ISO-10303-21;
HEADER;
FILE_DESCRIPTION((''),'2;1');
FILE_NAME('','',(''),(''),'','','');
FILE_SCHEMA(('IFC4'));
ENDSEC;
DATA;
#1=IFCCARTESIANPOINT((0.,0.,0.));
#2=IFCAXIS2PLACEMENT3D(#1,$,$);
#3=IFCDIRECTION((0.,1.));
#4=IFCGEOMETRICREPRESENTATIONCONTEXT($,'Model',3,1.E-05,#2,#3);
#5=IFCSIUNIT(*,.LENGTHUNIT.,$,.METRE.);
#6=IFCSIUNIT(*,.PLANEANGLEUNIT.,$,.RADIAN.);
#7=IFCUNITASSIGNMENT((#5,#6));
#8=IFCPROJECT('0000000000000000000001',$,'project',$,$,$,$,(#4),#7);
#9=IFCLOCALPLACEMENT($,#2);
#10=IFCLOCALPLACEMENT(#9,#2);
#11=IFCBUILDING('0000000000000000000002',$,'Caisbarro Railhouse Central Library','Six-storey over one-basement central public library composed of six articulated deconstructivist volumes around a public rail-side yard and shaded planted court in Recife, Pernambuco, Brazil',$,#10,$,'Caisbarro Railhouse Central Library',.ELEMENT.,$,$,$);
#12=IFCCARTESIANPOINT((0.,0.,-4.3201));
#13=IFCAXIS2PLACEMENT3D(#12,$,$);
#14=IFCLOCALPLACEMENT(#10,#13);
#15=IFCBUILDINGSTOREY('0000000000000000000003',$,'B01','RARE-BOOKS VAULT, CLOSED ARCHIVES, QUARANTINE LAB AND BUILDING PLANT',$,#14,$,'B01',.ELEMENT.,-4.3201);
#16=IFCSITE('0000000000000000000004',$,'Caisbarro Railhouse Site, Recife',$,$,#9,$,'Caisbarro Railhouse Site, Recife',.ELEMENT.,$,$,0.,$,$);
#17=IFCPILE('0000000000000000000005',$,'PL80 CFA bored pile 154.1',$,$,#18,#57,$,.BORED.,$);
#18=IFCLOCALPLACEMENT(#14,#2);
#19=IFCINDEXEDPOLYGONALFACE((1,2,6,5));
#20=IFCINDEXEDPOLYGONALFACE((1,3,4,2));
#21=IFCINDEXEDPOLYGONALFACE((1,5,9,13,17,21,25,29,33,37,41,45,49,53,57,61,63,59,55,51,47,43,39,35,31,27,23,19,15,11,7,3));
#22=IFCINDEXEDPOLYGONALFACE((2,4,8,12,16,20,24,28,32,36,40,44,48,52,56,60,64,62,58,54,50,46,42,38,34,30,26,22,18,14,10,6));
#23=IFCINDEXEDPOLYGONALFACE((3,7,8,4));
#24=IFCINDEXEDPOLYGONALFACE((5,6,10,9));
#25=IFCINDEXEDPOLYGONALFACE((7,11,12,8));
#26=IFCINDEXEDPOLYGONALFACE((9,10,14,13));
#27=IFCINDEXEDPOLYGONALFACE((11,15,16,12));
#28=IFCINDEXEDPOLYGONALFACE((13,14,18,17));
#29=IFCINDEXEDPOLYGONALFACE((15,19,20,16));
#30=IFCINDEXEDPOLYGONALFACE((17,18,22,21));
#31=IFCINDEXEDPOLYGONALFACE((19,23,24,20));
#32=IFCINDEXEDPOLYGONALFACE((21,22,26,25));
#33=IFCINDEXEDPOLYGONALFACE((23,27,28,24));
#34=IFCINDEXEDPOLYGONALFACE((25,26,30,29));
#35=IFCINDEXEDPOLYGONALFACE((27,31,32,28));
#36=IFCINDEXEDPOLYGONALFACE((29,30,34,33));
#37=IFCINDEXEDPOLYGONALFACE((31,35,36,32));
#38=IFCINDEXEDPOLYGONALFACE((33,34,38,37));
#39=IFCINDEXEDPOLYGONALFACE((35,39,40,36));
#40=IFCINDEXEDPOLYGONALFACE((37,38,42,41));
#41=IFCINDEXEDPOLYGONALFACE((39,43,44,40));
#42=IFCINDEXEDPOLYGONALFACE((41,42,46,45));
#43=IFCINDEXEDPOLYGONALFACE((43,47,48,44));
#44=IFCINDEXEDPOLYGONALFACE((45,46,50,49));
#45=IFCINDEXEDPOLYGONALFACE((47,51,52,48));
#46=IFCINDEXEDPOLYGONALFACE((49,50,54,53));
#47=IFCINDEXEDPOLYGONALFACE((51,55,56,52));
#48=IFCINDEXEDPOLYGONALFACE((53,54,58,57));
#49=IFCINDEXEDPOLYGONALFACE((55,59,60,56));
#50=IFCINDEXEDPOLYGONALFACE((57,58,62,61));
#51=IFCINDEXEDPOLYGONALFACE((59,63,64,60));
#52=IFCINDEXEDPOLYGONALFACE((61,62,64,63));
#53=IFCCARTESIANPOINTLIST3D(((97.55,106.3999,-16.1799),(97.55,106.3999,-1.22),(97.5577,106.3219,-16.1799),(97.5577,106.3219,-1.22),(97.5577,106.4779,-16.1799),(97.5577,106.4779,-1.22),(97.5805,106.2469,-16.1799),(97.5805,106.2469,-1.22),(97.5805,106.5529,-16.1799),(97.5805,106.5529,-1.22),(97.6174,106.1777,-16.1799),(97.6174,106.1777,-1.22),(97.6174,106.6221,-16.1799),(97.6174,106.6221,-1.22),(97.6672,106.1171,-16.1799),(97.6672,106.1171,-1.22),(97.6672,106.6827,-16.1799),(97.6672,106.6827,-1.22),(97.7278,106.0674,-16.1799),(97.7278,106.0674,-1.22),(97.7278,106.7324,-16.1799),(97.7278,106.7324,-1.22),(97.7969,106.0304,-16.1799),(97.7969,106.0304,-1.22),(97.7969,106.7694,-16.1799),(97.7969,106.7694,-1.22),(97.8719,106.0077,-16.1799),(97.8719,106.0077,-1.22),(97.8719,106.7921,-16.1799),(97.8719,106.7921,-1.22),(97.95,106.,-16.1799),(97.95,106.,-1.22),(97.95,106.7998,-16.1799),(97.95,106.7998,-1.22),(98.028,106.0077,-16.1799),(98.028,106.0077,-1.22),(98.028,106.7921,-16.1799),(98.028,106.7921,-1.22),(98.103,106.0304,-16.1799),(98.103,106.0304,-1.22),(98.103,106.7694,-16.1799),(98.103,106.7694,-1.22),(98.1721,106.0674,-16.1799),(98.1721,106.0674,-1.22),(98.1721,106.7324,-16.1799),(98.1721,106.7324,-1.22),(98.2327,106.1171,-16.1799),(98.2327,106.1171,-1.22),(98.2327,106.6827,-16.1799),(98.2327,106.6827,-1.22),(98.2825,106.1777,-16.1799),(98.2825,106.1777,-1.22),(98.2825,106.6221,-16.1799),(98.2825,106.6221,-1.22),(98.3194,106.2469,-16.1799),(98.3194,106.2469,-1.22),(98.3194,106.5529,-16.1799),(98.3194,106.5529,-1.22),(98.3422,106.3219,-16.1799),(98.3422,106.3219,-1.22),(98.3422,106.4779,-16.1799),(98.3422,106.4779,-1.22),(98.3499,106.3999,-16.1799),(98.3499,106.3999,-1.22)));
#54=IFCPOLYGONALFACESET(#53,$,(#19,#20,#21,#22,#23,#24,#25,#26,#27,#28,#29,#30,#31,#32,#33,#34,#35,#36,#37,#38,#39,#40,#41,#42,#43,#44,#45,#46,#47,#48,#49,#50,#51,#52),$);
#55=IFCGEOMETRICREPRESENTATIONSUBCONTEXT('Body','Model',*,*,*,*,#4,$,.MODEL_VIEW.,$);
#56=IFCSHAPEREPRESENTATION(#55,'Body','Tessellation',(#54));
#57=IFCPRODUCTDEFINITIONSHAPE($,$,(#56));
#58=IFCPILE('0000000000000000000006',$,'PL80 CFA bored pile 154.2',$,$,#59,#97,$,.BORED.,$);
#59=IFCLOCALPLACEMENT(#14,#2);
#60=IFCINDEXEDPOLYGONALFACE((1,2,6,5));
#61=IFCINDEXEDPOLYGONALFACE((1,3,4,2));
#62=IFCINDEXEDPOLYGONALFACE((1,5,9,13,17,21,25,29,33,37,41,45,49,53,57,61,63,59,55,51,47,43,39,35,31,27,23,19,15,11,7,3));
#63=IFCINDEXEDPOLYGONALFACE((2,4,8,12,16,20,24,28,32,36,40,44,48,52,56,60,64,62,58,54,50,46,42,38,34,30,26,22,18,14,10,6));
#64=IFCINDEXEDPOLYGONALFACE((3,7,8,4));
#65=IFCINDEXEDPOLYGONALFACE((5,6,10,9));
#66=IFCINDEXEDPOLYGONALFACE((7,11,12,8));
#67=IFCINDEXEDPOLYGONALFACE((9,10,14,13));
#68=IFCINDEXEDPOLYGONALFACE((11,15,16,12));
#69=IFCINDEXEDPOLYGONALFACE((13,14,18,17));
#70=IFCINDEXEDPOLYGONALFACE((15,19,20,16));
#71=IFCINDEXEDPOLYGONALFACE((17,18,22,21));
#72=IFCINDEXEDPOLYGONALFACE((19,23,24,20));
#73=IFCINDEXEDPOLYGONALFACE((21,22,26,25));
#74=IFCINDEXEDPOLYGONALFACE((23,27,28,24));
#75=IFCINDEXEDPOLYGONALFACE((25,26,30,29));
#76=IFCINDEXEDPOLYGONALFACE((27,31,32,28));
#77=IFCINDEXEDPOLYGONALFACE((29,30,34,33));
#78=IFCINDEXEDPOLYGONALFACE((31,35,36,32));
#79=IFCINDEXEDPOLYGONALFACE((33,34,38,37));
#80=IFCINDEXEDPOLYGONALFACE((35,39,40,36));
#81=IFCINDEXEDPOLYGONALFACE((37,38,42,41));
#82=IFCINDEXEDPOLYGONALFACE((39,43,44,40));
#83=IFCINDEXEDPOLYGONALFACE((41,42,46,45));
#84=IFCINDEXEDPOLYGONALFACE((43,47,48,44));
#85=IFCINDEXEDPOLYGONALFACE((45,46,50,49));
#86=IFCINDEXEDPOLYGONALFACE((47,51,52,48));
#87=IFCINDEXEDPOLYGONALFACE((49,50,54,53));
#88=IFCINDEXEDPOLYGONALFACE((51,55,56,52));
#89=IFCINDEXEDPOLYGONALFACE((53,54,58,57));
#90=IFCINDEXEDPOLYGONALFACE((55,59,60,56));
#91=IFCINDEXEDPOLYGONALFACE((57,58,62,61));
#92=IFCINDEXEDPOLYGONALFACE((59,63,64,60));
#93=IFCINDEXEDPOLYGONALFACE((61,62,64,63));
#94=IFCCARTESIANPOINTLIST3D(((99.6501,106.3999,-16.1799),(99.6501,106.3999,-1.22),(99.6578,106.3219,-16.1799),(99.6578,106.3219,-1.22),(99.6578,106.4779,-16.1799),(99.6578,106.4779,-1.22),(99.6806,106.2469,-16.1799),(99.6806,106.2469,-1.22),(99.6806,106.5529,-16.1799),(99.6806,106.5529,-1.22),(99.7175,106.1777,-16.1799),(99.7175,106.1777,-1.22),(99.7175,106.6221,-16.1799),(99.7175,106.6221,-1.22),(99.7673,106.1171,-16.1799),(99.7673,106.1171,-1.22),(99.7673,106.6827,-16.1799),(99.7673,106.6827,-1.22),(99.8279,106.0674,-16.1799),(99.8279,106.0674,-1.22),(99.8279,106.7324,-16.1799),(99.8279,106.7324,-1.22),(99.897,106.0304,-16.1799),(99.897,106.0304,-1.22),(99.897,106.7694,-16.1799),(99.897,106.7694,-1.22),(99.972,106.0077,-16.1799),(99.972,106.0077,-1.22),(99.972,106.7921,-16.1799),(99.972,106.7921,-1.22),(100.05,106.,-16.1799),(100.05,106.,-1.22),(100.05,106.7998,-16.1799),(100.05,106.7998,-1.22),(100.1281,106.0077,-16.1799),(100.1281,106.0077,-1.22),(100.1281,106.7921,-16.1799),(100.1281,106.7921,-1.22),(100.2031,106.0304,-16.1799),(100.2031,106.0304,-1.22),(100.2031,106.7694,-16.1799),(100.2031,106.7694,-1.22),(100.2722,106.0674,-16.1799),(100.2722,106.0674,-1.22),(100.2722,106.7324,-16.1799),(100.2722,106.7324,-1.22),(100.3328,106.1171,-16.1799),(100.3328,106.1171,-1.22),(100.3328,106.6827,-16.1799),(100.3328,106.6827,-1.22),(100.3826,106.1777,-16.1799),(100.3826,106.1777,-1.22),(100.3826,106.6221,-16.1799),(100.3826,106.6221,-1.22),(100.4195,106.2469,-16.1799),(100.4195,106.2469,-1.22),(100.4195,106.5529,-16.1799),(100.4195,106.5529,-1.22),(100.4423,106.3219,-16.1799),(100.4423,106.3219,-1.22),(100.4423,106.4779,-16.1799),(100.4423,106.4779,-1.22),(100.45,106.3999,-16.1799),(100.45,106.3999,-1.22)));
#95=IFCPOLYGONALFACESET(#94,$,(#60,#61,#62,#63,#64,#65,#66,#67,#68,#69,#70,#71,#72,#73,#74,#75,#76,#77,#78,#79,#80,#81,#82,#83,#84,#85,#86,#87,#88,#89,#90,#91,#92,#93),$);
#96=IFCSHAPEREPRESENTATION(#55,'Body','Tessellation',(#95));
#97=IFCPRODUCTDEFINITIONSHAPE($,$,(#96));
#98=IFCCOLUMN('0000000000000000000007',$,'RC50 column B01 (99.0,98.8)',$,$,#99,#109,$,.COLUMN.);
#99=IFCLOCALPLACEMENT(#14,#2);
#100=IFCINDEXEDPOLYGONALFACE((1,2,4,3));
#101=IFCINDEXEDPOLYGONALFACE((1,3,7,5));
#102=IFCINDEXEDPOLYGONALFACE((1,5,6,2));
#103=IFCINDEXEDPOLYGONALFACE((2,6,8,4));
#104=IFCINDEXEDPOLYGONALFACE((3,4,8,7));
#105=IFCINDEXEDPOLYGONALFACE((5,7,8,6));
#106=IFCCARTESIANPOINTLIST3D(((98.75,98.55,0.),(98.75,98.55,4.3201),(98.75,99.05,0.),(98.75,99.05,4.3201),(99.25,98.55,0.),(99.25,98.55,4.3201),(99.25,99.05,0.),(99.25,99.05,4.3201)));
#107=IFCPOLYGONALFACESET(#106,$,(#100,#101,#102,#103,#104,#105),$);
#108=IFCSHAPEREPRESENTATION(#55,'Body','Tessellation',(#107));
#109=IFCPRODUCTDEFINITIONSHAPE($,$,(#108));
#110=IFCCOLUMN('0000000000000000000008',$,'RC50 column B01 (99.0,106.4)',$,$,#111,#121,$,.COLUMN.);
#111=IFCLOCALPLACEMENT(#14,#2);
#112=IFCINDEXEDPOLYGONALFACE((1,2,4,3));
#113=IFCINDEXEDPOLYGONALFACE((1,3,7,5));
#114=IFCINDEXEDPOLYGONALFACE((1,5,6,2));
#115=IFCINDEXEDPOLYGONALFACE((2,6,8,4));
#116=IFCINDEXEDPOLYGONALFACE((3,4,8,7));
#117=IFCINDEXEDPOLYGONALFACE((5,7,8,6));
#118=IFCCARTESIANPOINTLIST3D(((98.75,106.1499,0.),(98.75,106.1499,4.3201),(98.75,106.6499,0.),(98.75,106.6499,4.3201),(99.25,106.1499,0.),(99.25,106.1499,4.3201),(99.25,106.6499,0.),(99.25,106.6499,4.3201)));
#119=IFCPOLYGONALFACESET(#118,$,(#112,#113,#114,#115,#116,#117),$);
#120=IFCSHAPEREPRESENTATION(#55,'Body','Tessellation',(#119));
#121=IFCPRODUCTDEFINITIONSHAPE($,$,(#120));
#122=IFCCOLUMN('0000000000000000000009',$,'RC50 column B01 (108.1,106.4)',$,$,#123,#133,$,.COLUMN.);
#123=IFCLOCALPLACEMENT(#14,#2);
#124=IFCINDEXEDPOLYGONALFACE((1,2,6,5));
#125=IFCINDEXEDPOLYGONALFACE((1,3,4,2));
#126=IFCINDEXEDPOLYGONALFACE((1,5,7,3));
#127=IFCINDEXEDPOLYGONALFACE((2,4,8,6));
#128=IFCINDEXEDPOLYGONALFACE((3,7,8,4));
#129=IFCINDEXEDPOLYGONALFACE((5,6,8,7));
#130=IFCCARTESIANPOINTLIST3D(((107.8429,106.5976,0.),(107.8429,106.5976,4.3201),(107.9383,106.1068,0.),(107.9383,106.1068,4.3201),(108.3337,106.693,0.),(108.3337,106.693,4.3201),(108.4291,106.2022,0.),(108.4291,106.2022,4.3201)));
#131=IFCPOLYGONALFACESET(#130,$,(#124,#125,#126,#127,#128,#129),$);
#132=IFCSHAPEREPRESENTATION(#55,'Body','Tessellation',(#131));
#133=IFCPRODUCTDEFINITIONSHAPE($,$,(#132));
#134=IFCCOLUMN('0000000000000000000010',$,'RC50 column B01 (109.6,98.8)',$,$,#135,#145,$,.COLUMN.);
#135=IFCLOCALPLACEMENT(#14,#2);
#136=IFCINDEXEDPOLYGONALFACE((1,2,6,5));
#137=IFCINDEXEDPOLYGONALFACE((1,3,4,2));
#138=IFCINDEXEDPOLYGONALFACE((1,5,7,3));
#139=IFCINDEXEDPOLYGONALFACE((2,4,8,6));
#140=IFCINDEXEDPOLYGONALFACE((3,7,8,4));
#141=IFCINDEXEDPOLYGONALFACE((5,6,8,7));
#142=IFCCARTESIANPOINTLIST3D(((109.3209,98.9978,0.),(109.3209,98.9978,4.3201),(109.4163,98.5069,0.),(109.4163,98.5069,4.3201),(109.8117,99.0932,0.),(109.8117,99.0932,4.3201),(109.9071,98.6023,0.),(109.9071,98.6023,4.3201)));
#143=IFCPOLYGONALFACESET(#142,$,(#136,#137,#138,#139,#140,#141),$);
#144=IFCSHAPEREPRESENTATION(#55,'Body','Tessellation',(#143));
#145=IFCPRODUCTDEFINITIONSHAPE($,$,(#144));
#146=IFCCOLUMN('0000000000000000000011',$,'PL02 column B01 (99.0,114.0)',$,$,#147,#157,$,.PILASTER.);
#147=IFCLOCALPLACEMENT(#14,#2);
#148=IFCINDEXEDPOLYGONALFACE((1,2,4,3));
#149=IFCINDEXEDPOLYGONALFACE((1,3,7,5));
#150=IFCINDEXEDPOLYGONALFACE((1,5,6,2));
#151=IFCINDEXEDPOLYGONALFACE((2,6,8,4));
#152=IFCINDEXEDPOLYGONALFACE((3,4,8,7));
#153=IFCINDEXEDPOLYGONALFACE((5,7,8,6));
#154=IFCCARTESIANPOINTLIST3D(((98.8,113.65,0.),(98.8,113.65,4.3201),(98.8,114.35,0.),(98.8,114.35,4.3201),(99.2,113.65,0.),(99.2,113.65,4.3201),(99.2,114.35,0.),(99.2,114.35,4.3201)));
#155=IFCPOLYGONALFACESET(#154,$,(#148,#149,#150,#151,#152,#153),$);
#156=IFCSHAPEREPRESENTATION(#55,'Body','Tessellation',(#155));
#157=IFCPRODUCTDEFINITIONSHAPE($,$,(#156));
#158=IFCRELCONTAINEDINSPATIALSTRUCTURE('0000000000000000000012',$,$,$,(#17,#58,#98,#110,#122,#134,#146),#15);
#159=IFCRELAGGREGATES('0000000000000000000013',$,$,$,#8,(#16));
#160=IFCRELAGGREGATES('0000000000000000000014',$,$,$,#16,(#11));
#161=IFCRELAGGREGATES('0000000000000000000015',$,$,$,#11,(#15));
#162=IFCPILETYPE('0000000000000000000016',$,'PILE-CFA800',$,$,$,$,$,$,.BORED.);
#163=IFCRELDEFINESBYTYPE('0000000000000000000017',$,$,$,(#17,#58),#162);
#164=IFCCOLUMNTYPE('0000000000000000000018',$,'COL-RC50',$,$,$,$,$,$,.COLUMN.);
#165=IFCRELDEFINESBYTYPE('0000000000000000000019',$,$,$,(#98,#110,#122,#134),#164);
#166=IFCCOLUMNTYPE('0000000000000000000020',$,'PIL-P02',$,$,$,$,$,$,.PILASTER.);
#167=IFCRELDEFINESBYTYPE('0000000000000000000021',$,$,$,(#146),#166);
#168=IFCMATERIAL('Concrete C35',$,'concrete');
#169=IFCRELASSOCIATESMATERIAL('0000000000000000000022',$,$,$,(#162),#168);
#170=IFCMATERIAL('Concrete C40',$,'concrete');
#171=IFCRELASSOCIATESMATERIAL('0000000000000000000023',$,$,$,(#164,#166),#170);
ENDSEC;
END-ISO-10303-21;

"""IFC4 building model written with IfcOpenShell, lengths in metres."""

from ifc_helpers import new_model, si_unit, direction, frame, origin, origin_2d, place, context, subcontext, project, spatial, rectangle, circle, extrude, material, material_profile, profile_set, type_object, element, save


model = new_model("IFC4")

# Units and contexts
model_context = context("Model", 3, precision=1e-05, world=origin(), true_north=direction((0.0, 1.0)))
body_context = subcontext(model_context, "Body", "Model", "MODEL_VIEW")
ifc_project = project(units=[si_unit("LENGTHUNIT", "METRE"), si_unit("PLANEANGLEUNIT", "RADIAN")], contexts=[model_context])

# Site, building, storey
site_placement = place(None, origin())
site = spatial("IfcSite", under=ifc_project, at=site_placement, Name="Caisbarro Railhouse Site, Recife", LongName="Caisbarro Railhouse Site, Recife", CompositionType="ELEMENT", RefElevation=0.0)
building_placement = place(site_placement, origin())
building = spatial("IfcBuilding", under=site, at=building_placement, Name="Caisbarro Railhouse Central Library", Description="Six-storey over one-basement central public library composed of six articulated deconstructivist volumes around a public rail-side yard and shaded planted court in Recife, Pernambuco, Brazil", LongName="Caisbarro Railhouse Central Library", CompositionType="ELEMENT")
storey_placement = place(building_placement, frame((0.0, 0.0, -4.3201)))
storey = spatial("IfcBuildingStorey", under=building, at=storey_placement, Name="B01", Description="RARE-BOOKS VAULT, CLOSED ARCHIVES, QUARANTINE LAB AND BUILDING PLANT", LongName="B01", CompositionType="ELEMENT", Elevation=-4.3201)

# Shared definitions
ifc_material_1 = material(Name="Concrete C35", Category="concrete")
ifc_material_2 = material(Name="Concrete C40", Category="concrete")

# Piles
ifc_material_profile_1 = material_profile(ifc_material_1, circle(Radius=0.3999, at=origin_2d()), Name="PILE-CFA-800")
ifc_profile_set_1 = profile_set([ifc_material_profile_1], Name="Concrete C35")
pile_type_1 = type_object("IfcPileType", Name="PILE-CFA800", PredefinedType="BORED", material=ifc_profile_set_1)
for number, where, z_axis, x_axis, name in (
    (1, (97.95, 106.3999, -1.22), (0.0, 0.0, -1.0), (1.0, 0.0, 0.0), "PL80 CFA bored pile 154.1"),
    (2, (100.05, 106.3999, -1.22), (0.0, 0.0, -1.0), (1.0, 0.0, 0.0), "PL80 CFA bored pile 154.2"),
):
    element("IfcPile", number, at=place(storey_placement, frame(where, z_axis=z_axis, x_axis=x_axis)), inside=storey, type_object=pile_type_1, Name=name, PredefinedType="BORED", context=body_context, shape_type="SweptSolid", body=[
        extrude(circle(Radius=0.3999, at=origin_2d()), origin(), (0.0, 0.0, 1.0), 14.96),
    ])

# Columns
ifc_material_profile_2 = material_profile(ifc_material_2, rectangle(XDim=0.5, YDim=0.5, at=origin_2d()), Name="RC-COL-500X500")
ifc_profile_set_2 = profile_set([ifc_material_profile_2], Name="Concrete C40")
column_type_1 = type_object("IfcColumnType", Name="COL-RC50", PredefinedType="COLUMN", material=ifc_profile_set_2)
for number, where, z_axis, x_axis, name in (
    (3, (99.0, 98.8, 0.0), (0.0, 0.0, 1.0), (1.0, 0.0, 0.0), "RC50 column B01 (99.0,98.8)"),
    (4, (99.0, 106.3999, 0.0), (0.0, 0.0, 1.0), (1.0, 0.0, 0.0), "RC50 column B01 (99.0,106.4)"),
    (5, (108.136, 106.3999, 0.0), (0.0, 0.0, 1.0), (0.981627, 0.190809, 0.0), "RC50 column B01 (108.1,106.4)"),
    (6, (109.614, 98.8, 0.0), (0.0, 0.0, 1.0), (0.981627, 0.190809, 0.0), "RC50 column B01 (109.6,98.8)"),
):
    element("IfcColumn", number, at=place(storey_placement, frame(where, z_axis=z_axis, x_axis=x_axis)), inside=storey, type_object=column_type_1, Name=name, PredefinedType="COLUMN", context=body_context, shape_type="SweptSolid", body=[
        extrude(rectangle(XDim=0.5, YDim=0.5, at=origin_2d()), origin(), (0.0, 0.0, 1.0), 4.3201),
    ])
ifc_material_profile_3 = material_profile(ifc_material_2, rectangle(XDim=0.3999, YDim=0.7, at=origin_2d()), Name="RC-PIL-400X700")
ifc_profile_set_3 = profile_set([ifc_material_profile_3], Name="Concrete C40")
column_type_2 = type_object("IfcColumnType", Name="PIL-P02", PredefinedType="PILASTER", material=ifc_profile_set_3)
column_placement = place(storey_placement, frame((99.0, 114.0, 0.0), z_axis=(0.0, 0.0, 1.0), x_axis=(1.0, 0.0, 0.0)))
element("IfcColumn", 7, at=column_placement, inside=storey, type_object=column_type_2, Name="PL02 column B01 (99.0,114.0)", PredefinedType="PILASTER", context=body_context, shape_type="SweptSolid", body=[
    extrude(rectangle(XDim=0.3999, YDim=0.7, at=origin_2d()), origin(), (0.0, 0.0, 1.0), 4.3201),
])

save(model, "model.ifc")
